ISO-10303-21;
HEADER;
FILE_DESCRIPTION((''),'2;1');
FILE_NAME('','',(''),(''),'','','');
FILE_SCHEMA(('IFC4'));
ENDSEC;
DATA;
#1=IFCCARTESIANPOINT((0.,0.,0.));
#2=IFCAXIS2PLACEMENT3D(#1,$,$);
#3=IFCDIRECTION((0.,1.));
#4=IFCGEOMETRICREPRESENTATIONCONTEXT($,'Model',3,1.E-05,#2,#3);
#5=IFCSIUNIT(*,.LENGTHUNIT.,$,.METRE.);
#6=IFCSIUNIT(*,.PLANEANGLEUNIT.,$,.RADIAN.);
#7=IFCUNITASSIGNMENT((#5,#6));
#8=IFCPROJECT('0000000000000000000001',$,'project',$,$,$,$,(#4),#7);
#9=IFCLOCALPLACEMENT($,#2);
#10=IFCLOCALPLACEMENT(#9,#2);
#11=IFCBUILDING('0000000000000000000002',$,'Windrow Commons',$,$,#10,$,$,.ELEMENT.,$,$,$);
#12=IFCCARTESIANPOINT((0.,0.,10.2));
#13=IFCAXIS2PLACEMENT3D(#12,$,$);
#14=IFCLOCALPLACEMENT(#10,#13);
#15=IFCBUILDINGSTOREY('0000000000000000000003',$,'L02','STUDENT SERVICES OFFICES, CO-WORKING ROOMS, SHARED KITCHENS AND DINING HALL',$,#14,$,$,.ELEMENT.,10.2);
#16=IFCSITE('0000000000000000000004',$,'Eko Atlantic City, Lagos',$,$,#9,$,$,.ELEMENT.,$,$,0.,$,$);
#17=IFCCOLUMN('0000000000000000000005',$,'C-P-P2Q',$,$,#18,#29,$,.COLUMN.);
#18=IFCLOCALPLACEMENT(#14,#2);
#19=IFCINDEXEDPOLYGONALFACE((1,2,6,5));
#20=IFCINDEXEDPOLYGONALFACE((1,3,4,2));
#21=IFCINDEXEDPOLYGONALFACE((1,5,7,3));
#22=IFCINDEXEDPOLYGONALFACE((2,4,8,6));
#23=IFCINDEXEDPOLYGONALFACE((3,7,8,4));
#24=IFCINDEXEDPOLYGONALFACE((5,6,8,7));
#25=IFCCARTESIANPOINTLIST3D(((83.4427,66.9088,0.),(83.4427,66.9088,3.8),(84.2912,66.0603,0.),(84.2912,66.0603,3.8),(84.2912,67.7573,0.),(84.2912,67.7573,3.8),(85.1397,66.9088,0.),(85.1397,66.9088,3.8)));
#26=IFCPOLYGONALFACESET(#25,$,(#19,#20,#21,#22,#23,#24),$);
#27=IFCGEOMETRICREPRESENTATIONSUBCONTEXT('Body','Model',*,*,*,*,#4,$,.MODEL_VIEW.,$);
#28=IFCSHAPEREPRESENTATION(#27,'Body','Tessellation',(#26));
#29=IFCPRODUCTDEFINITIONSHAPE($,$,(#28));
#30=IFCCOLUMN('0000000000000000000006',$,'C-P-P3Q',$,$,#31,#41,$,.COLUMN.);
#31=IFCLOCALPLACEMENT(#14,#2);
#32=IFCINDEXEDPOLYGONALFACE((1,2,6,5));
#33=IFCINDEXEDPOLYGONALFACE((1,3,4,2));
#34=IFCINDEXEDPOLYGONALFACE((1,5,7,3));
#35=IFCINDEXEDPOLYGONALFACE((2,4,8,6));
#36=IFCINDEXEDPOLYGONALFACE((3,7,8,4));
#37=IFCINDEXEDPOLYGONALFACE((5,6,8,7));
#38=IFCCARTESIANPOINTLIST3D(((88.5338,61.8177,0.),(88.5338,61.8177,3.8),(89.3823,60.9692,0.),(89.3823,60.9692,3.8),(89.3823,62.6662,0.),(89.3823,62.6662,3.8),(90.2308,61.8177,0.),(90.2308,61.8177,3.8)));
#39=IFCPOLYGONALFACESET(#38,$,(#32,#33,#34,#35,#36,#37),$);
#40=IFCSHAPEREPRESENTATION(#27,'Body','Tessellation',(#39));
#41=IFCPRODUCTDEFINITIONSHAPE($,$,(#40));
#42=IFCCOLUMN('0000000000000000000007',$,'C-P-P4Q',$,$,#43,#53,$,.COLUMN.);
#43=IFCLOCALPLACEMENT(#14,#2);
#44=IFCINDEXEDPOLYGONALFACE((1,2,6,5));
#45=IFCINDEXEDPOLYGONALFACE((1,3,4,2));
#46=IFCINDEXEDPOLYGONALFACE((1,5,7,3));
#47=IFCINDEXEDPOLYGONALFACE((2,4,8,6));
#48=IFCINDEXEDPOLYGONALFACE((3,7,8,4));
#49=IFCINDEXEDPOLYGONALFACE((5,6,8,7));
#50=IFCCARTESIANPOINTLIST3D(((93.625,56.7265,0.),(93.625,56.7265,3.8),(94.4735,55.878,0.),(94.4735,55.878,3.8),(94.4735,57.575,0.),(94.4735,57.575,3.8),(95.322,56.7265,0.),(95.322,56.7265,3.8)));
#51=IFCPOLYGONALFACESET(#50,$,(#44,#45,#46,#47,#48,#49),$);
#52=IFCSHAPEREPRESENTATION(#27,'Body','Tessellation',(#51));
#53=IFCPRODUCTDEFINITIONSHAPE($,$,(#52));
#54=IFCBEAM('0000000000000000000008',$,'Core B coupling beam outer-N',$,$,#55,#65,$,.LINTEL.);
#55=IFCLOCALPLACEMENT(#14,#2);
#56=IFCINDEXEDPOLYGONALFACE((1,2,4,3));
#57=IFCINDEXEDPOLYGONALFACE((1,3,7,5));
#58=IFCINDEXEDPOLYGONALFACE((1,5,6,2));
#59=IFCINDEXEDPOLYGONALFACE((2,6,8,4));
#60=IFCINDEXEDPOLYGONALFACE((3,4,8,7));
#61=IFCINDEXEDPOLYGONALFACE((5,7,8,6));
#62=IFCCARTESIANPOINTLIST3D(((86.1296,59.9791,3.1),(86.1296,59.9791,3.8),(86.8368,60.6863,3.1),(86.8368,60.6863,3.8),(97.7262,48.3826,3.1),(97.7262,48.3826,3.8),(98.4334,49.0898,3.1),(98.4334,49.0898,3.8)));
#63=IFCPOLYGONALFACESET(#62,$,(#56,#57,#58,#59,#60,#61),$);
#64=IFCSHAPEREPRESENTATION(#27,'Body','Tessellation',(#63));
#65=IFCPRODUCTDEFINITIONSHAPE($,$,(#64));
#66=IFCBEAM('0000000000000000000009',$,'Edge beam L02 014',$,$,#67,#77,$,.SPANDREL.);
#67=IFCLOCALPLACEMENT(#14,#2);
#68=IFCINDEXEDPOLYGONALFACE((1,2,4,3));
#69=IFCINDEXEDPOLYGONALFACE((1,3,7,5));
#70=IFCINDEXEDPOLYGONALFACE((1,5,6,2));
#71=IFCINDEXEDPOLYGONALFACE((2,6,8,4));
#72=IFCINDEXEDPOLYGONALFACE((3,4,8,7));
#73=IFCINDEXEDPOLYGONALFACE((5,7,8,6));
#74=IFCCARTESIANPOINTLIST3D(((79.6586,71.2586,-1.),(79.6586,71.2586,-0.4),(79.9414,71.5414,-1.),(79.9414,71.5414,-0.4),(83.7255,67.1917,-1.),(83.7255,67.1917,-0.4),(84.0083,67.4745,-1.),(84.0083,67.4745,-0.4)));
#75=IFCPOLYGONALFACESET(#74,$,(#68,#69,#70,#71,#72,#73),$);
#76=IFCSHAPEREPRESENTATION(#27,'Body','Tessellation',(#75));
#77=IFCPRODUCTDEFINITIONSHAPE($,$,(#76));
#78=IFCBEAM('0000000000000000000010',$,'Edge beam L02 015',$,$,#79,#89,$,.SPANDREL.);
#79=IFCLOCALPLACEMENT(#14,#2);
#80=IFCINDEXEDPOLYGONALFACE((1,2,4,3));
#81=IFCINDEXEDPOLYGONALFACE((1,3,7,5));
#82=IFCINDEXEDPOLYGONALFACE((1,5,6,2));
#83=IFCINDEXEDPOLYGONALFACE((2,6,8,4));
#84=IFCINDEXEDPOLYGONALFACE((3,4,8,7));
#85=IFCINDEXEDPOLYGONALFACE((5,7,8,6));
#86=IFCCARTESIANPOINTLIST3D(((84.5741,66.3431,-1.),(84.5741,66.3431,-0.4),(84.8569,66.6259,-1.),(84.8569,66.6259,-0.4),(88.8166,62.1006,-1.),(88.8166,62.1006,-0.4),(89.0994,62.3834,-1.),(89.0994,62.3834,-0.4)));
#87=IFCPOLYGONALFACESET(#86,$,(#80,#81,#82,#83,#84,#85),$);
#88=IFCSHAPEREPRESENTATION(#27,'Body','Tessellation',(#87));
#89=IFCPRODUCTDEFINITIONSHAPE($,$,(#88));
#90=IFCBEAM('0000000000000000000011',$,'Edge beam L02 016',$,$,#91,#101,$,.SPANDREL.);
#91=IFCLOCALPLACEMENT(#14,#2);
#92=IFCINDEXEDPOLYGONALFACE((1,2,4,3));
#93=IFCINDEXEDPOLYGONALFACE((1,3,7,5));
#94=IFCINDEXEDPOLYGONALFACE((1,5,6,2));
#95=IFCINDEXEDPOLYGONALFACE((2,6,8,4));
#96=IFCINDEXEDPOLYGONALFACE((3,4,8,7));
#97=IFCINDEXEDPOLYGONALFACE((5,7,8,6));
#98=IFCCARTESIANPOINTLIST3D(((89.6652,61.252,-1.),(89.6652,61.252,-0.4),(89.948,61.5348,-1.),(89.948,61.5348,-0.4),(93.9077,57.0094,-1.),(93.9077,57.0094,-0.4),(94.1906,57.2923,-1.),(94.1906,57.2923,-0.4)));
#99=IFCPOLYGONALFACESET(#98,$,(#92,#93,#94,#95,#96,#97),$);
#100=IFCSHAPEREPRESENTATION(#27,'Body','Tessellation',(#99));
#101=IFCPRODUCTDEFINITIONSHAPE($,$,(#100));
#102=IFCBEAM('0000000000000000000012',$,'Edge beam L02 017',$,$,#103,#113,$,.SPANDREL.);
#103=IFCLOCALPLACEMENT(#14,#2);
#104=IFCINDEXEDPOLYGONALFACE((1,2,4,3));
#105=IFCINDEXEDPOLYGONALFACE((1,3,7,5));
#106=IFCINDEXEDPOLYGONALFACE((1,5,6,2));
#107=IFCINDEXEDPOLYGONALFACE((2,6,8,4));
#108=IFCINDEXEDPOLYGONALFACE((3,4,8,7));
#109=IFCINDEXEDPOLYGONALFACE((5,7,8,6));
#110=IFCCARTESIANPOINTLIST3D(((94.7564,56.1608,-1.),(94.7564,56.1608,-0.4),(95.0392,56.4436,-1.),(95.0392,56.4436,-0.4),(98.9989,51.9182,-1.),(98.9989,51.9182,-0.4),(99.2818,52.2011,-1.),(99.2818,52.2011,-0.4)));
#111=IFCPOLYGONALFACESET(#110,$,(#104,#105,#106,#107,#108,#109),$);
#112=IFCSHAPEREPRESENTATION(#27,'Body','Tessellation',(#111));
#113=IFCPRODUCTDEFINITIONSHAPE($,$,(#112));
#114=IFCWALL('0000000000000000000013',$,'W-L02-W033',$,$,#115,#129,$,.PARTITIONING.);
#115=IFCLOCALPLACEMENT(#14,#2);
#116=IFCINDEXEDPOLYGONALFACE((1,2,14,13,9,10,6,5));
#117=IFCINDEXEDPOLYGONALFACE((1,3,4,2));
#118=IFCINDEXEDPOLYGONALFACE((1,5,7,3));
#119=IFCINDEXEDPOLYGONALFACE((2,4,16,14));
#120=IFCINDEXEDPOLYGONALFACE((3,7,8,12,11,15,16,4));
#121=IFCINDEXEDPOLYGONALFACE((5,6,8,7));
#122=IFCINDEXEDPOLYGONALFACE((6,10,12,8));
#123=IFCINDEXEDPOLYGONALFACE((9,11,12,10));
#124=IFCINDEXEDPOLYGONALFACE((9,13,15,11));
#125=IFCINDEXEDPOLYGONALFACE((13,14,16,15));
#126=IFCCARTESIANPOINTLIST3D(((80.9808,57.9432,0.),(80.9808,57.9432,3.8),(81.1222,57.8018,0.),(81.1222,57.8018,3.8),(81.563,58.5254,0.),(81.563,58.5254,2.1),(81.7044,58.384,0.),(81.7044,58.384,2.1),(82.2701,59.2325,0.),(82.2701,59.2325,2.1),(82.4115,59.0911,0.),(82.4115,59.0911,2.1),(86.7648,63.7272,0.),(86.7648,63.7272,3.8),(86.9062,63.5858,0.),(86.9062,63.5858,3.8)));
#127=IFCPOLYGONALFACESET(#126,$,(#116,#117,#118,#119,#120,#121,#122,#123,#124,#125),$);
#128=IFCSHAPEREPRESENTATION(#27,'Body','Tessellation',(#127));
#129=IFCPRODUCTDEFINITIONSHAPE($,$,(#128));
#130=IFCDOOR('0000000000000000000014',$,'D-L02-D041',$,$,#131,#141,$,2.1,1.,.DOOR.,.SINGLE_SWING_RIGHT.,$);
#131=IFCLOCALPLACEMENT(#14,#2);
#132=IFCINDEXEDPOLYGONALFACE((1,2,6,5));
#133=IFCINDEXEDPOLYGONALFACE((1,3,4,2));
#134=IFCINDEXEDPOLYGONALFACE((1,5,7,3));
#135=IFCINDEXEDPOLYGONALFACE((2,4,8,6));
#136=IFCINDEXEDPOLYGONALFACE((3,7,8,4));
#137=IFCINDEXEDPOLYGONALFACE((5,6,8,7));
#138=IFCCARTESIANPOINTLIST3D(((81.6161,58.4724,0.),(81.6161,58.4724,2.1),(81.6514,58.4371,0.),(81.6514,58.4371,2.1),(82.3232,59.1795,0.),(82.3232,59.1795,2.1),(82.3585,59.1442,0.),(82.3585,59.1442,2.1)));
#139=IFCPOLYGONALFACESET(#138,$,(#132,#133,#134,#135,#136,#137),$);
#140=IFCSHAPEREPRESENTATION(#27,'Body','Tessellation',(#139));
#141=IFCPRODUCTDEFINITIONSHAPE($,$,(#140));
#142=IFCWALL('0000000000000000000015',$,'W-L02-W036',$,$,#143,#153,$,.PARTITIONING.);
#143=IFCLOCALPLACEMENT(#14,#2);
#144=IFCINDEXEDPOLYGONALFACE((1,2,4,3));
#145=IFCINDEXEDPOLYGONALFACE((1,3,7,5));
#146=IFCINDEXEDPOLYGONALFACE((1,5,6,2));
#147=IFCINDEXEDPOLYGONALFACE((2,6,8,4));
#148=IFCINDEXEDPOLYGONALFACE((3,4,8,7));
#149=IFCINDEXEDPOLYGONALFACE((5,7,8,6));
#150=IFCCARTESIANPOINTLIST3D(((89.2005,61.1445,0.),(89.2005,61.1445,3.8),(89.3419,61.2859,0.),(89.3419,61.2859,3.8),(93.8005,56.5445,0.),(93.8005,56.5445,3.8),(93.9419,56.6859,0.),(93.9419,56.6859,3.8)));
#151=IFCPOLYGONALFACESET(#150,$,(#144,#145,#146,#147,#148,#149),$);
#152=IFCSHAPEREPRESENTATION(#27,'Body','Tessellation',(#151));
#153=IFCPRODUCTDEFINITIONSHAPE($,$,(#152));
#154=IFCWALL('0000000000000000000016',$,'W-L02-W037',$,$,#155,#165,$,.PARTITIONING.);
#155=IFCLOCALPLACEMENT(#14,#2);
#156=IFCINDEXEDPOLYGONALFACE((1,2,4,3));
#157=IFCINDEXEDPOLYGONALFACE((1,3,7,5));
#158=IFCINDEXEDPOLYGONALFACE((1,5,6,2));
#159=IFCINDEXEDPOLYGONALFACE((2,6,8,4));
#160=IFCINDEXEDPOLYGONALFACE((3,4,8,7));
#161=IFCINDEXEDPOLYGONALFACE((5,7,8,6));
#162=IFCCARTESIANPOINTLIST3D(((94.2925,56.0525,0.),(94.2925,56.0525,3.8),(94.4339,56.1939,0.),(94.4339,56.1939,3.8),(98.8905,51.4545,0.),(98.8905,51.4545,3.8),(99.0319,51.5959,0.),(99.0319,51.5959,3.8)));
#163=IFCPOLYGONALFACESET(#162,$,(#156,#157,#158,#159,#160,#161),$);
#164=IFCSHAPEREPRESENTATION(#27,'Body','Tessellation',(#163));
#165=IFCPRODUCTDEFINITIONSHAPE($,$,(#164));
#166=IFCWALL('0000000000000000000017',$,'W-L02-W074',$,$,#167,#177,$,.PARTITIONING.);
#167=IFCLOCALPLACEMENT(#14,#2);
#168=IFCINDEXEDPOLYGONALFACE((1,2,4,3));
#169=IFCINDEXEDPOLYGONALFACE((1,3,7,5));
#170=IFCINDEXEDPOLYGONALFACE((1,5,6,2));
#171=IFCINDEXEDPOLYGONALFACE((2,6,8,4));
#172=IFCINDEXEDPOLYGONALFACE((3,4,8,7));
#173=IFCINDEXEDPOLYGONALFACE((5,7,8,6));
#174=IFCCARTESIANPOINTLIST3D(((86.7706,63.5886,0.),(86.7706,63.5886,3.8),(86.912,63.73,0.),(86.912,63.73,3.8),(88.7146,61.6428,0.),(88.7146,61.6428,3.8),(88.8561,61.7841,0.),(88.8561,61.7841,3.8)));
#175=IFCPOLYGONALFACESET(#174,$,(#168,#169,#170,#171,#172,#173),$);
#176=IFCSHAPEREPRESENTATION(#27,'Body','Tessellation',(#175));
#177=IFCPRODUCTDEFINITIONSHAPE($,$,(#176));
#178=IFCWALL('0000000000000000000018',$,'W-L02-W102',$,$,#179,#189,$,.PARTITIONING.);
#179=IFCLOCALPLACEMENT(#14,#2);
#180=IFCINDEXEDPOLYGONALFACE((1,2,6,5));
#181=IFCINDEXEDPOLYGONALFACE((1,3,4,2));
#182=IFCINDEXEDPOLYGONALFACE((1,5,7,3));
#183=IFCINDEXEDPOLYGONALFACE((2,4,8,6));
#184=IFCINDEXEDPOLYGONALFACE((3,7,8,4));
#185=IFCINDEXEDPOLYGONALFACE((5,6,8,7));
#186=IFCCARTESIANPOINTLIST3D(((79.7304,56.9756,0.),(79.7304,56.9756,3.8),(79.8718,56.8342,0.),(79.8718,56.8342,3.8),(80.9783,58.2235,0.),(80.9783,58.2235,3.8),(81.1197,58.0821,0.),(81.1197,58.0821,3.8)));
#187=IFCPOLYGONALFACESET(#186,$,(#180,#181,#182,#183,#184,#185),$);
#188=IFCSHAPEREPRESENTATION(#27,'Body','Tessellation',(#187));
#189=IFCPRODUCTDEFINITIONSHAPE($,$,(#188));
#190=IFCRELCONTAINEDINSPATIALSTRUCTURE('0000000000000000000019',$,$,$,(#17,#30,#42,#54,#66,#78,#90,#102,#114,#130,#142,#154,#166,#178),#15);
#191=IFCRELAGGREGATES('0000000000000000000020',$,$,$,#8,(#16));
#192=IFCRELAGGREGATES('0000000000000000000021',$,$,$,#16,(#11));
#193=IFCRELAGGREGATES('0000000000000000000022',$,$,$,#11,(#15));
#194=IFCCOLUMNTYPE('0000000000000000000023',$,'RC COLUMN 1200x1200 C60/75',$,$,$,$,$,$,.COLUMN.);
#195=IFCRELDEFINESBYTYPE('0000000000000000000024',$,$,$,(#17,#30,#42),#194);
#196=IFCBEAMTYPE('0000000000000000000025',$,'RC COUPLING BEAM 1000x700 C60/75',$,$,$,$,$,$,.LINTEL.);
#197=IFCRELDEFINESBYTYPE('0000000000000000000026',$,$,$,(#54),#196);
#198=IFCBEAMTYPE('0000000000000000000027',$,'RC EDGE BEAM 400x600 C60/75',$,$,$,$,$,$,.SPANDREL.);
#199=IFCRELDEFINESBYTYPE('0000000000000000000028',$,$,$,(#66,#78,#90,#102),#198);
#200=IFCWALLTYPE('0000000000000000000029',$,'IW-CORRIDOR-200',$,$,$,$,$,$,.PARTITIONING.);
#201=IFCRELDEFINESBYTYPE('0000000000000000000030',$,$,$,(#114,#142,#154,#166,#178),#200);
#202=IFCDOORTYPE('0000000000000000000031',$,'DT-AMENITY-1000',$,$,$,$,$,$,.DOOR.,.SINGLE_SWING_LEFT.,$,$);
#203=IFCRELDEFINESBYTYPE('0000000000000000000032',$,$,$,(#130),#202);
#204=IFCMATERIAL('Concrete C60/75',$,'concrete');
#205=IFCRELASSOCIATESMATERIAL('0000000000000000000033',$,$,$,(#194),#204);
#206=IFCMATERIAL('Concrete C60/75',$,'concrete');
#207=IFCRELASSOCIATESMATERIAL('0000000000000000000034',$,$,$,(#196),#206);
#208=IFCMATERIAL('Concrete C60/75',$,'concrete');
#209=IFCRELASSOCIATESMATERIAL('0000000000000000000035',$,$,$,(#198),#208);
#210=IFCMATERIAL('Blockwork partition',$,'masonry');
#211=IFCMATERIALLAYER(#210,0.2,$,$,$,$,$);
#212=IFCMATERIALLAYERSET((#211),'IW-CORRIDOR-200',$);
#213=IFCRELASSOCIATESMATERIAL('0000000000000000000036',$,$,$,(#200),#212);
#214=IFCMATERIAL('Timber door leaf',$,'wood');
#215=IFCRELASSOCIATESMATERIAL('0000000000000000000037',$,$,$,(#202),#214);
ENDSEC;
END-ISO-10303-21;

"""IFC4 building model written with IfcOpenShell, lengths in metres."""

from ifc_helpers import new_model, si_unit, direction, frame, frame_2d, origin, origin_2d, place, context, subcontext, project, spatial, rectangle, extrude, material, layer, layer_set, material_profile, profile_set, type_object, element, fill, save


model = new_model("IFC4")

# Units and contexts
model_context = context("Model", 3, precision=1e-05, world=origin(), true_north=direction((0.0, 1.0)))
body_context = subcontext(model_context, "Body", "Model", "MODEL_VIEW")
ifc_project = project(units=[si_unit("LENGTHUNIT", "METRE"), si_unit("PLANEANGLEUNIT", "RADIAN")], contexts=[model_context])

# Site, building, storey
site_placement = place(None, origin())
site = spatial("IfcSite", under=ifc_project, at=site_placement, Name="Eko Atlantic City, Lagos", CompositionType="ELEMENT", RefElevation=0.0)
building_placement = place(site_placement, origin())
building = spatial("IfcBuilding", under=site, at=building_placement, Name="Windrow Commons", CompositionType="ELEMENT")
storey_placement = place(building_placement, frame((0.0, 0.0, 10.2)))
storey = spatial("IfcBuildingStorey", under=building, at=storey_placement, Name="L02", Description="STUDENT SERVICES OFFICES, CO-WORKING ROOMS, SHARED KITCHENS AND DINING HALL", CompositionType="ELEMENT", Elevation=10.2)

# Columns
ifc_material_1 = material(Name="Concrete C60/75", Category="concrete")
ifc_material_profile_1 = material_profile(ifc_material_1, rectangle(XDim=1.2, YDim=1.2, at=origin_2d()))
ifc_profile_set_1 = profile_set([ifc_material_profile_1], Name="Concrete C60/75")
column_type = type_object("IfcColumnType", Name="RC COLUMN 1200x1200 C60/75", PredefinedType="COLUMN", material=ifc_profile_set_1)
for number, where, z_axis, x_axis, name in (
    (1, (84.2912, 66.9088, 0.0), (0.0, 0.0, 1.0), (0.707107, -0.707107, 0.0), "C-P-P2Q"),
    (2, (89.3823, 61.8177, 0.0), (0.0, 0.0, 1.0), (0.707107, -0.707107, 0.0), "C-P-P3Q"),
    (3, (94.4735, 56.7265, 0.0), (0.0, 0.0, 1.0), (0.707107, -0.707107, 0.0), "C-P-P4Q"),
):
    element("IfcColumn", number, at=place(storey_placement, frame(where, z_axis=z_axis, x_axis=x_axis)), inside=storey, type_object=column_type, Name=name, PredefinedType="COLUMN", context=body_context, shape_type="SweptSolid", body=[
        extrude(rectangle(XDim=1.2, YDim=1.2, at=origin_2d()), origin(), (0.0, 0.0, 1.0), 3.8),
    ])

# Beams
ifc_material_2 = material(Name="Concrete C60/75", Category="concrete")
ifc_material_profile_2 = material_profile(ifc_material_2, rectangle(XDim=1.0, YDim=0.7, at=origin_2d()))
ifc_profile_set_2 = profile_set([ifc_material_profile_2], Name="Concrete C60/75")
beam_type_1 = type_object("IfcBeamType", Name="RC COUPLING BEAM 1000x700 C60/75", PredefinedType="LINTEL", material=ifc_profile_set_2)
beam_1_placement = place(storey_placement, frame((86.4832, 60.3327, 3.45), z_axis=(0.70711, -0.707104, 0.0), x_axis=(0.707104, 0.70711, 0.0)))
element("IfcBeam", 4, at=beam_1_placement, inside=storey, type_object=beam_type_1, Name="Core B coupling beam outer-N", PredefinedType="LINTEL", context=body_context, shape_type="SweptSolid", body=[
    extrude(rectangle(XDim=1.0, YDim=0.7, at=origin_2d()), origin(), (0.0, 0.0, 1.0), 16.4),
])
ifc_material_3 = material(Name="Concrete C60/75", Category="concrete")
ifc_material_profile_3 = material_profile(ifc_material_3, rectangle(XDim=0.4, YDim=0.6, at=origin_2d()))
ifc_profile_set_3 = profile_set([ifc_material_profile_3], Name="Concrete C60/75")
beam_type_2 = type_object("IfcBeamType", Name="RC EDGE BEAM 400x600 C60/75", PredefinedType="SPANDREL", material=ifc_profile_set_3)
beam_2_placement = place(storey_placement, frame((79.8, 71.4, -0.7), z_axis=(0.707107, -0.707107, 0.0), x_axis=(0.707107, 0.707107, 0.0)))
element("IfcBeam", 5, at=beam_2_placement, inside=storey, type_object=beam_type_2, Name="Edge beam L02 014", PredefinedType="SPANDREL", context=body_context, shape_type="SweptSolid", body=[
    extrude(rectangle(XDim=0.4, YDim=0.6, at=origin_2d()), origin(), (0.0, 0.0, 1.0), 5.7515),
])
beam_3_placement = place(storey_placement, frame((84.7155, 66.4845, -0.7), z_axis=(0.707107, -0.707107, 0.0), x_axis=(0.707107, 0.707107, 0.0)))
element("IfcBeam", 6, at=beam_3_placement, inside=storey, type_object=beam_type_2, Name="Edge beam L02 015", PredefinedType="SPANDREL", context=body_context, shape_type="SweptSolid", body=[
    extrude(rectangle(XDim=0.4, YDim=0.6, at=origin_2d()), origin(), (0.0, 0.0, 1.0), 5.9998),
])
for number, where, z_axis, x_axis, name in (
    (7, (89.8066, 61.3934, -0.7), (0.707107, -0.707107, 0.0), (0.707107, 0.707107, 0.0), "Edge beam L02 016"),
    (8, (94.8978, 56.3022, -0.7), (0.707107, -0.707107, 0.0), (0.707107, 0.707107, 0.0), "Edge beam L02 017"),
):
    element("IfcBeam", number, at=place(storey_placement, frame(where, z_axis=z_axis, x_axis=x_axis)), inside=storey, type_object=beam_type_2, Name=name, PredefinedType="SPANDREL", context=body_context, shape_type="SweptSolid", body=[
        extrude(rectangle(XDim=0.4, YDim=0.6, at=origin_2d()), origin(), (0.0, 0.0, 1.0), 5.9999),
    ])

# Wall, opening, door
ifc_material_4 = material(Name="Blockwork partition", Category="masonry")
ifc_layer_1 = layer(ifc_material_4, 0.2)
ifc_layer_set_1 = layer_set([ifc_layer_1], Name="IW-CORRIDOR-200")
wall_type_1 = type_object("IfcWallType", Name="IW-CORRIDOR-200", PredefinedType="PARTITIONING", material=ifc_layer_set_1)
wall_1_placement = place(storey_placement, frame((81.0515, 57.8725, 0.0), z_axis=(0.0, 0.0, 1.0), x_axis=(0.707107, 0.707107, 0.0)))
wall_1 = element("IfcWall", 9, at=wall_1_placement, inside=storey, type_object=wall_type_1, Name="W-L02-W033", PredefinedType="PARTITIONING", context=body_context, shape_type="SweptSolid", body=[
    extrude(rectangle(XDim=8.1798, YDim=0.2, at=frame_2d((4.0899, 0.0))), origin(), (0.0, 0.0, 1.0), 3.8),
])
opening_1_placement = place(wall_1_placement, frame((0.8234, 0.0, 0.0)))
opening_1 = element("IfcOpeningElement", 10, at=opening_1_placement, cuts=wall_1, PredefinedType="OPENING", context=body_context, shape_type="SweptSolid", body=[
    extrude(rectangle(XDim=1.0, YDim=2.1, at=frame_2d((0.5, 1.05))), frame((0.0, 0.11, 0.0), z_axis=(0.0, -1.0, 0.0), x_axis=(1.0, 0.0, 0.0)), (0.0, 0.0, 1.0), 0.22),
])
ifc_material_5 = material(Name="Timber door leaf", Category="wood")
door_type_1 = type_object("IfcDoorType", Name="DT-AMENITY-1000", OperationType="SINGLE_SWING_LEFT", PredefinedType="DOOR", material=ifc_material_5)
door_1_placement = place(opening_1_placement, origin())
door_1 = element("IfcDoor", 11, at=door_1_placement, inside=storey, type_object=door_type_1, Name="D-L02-D041", OperationType="SINGLE_SWING_RIGHT", OverallHeight=2.1, OverallWidth=1.0, PredefinedType="DOOR", context=body_context, shape_type="SweptSolid", body=[
    extrude(rectangle(XDim=1.0, YDim=2.1, at=frame_2d((0.5, 1.05))), frame((0.0, 0.025, 0.0), z_axis=(0.0, -1.0, 0.0), x_axis=(1.0, 0.0, 0.0)), (0.0, 0.0, 1.0), 0.05),
])
fill(opening_1, door_1)

# Walls
wall_2_placement = place(storey_placement, frame((89.2712, 61.2152, 0.0), z_axis=(0.0, 0.0, 1.0), x_axis=(0.707107, -0.707107, 0.0)))
element("IfcWall", 12, at=wall_2_placement, inside=storey, type_object=wall_type_1, Name="W-L02-W036", PredefinedType="PARTITIONING", context=body_context, shape_type="SweptSolid", body=[
    extrude(rectangle(XDim=6.5054, YDim=0.2, at=frame_2d((3.2527, 0.0))), origin(), (0.0, 0.0, 1.0), 3.8),
])
wall_3_placement = place(storey_placement, frame((94.3632, 56.1232, 0.0), z_axis=(0.0, 0.0, 1.0), x_axis=(0.707107, -0.707107, 0.0)))
element("IfcWall", 13, at=wall_3_placement, inside=storey, type_object=wall_type_1, Name="W-L02-W037", PredefinedType="PARTITIONING", context=body_context, shape_type="SweptSolid", body=[
    extrude(rectangle(XDim=6.5026, YDim=0.2, at=frame_2d((3.2513, 0.0))), origin(), (0.0, 0.0, 1.0), 3.8),
])
wall_4_placement = place(storey_placement, frame((86.8413, 63.6593, 0.0), z_axis=(0.0, 0.0, 1.0), x_axis=(0.70678, -0.707434, 0.0)))
element("IfcWall", 14, at=wall_4_placement, inside=storey, type_object=wall_type_1, Name="W-L02-W074", PredefinedType="PARTITIONING", context=body_context, shape_type="SweptSolid", body=[
    extrude(rectangle(XDim=2.7506, YDim=0.2, at=frame_2d((1.3753, 0.0))), origin(), (0.0, 0.0, 1.0), 3.8),
])
wall_5_placement = place(storey_placement, frame((79.8011, 56.9049, 0.0), z_axis=(0.0, 0.0, 1.0), x_axis=(0.707107, 0.707107, 0.0)))
element("IfcWall", 15, at=wall_5_placement, inside=storey, type_object=wall_type_1, Name="W-L02-W102", PredefinedType="PARTITIONING", context=body_context, shape_type="SweptSolid", body=[
    extrude(rectangle(XDim=1.7649, YDim=0.2, at=frame_2d((0.8824, 0.0))), origin(), (0.0, 0.0, 1.0), 3.8),
])

save(model, "model.ifc")
